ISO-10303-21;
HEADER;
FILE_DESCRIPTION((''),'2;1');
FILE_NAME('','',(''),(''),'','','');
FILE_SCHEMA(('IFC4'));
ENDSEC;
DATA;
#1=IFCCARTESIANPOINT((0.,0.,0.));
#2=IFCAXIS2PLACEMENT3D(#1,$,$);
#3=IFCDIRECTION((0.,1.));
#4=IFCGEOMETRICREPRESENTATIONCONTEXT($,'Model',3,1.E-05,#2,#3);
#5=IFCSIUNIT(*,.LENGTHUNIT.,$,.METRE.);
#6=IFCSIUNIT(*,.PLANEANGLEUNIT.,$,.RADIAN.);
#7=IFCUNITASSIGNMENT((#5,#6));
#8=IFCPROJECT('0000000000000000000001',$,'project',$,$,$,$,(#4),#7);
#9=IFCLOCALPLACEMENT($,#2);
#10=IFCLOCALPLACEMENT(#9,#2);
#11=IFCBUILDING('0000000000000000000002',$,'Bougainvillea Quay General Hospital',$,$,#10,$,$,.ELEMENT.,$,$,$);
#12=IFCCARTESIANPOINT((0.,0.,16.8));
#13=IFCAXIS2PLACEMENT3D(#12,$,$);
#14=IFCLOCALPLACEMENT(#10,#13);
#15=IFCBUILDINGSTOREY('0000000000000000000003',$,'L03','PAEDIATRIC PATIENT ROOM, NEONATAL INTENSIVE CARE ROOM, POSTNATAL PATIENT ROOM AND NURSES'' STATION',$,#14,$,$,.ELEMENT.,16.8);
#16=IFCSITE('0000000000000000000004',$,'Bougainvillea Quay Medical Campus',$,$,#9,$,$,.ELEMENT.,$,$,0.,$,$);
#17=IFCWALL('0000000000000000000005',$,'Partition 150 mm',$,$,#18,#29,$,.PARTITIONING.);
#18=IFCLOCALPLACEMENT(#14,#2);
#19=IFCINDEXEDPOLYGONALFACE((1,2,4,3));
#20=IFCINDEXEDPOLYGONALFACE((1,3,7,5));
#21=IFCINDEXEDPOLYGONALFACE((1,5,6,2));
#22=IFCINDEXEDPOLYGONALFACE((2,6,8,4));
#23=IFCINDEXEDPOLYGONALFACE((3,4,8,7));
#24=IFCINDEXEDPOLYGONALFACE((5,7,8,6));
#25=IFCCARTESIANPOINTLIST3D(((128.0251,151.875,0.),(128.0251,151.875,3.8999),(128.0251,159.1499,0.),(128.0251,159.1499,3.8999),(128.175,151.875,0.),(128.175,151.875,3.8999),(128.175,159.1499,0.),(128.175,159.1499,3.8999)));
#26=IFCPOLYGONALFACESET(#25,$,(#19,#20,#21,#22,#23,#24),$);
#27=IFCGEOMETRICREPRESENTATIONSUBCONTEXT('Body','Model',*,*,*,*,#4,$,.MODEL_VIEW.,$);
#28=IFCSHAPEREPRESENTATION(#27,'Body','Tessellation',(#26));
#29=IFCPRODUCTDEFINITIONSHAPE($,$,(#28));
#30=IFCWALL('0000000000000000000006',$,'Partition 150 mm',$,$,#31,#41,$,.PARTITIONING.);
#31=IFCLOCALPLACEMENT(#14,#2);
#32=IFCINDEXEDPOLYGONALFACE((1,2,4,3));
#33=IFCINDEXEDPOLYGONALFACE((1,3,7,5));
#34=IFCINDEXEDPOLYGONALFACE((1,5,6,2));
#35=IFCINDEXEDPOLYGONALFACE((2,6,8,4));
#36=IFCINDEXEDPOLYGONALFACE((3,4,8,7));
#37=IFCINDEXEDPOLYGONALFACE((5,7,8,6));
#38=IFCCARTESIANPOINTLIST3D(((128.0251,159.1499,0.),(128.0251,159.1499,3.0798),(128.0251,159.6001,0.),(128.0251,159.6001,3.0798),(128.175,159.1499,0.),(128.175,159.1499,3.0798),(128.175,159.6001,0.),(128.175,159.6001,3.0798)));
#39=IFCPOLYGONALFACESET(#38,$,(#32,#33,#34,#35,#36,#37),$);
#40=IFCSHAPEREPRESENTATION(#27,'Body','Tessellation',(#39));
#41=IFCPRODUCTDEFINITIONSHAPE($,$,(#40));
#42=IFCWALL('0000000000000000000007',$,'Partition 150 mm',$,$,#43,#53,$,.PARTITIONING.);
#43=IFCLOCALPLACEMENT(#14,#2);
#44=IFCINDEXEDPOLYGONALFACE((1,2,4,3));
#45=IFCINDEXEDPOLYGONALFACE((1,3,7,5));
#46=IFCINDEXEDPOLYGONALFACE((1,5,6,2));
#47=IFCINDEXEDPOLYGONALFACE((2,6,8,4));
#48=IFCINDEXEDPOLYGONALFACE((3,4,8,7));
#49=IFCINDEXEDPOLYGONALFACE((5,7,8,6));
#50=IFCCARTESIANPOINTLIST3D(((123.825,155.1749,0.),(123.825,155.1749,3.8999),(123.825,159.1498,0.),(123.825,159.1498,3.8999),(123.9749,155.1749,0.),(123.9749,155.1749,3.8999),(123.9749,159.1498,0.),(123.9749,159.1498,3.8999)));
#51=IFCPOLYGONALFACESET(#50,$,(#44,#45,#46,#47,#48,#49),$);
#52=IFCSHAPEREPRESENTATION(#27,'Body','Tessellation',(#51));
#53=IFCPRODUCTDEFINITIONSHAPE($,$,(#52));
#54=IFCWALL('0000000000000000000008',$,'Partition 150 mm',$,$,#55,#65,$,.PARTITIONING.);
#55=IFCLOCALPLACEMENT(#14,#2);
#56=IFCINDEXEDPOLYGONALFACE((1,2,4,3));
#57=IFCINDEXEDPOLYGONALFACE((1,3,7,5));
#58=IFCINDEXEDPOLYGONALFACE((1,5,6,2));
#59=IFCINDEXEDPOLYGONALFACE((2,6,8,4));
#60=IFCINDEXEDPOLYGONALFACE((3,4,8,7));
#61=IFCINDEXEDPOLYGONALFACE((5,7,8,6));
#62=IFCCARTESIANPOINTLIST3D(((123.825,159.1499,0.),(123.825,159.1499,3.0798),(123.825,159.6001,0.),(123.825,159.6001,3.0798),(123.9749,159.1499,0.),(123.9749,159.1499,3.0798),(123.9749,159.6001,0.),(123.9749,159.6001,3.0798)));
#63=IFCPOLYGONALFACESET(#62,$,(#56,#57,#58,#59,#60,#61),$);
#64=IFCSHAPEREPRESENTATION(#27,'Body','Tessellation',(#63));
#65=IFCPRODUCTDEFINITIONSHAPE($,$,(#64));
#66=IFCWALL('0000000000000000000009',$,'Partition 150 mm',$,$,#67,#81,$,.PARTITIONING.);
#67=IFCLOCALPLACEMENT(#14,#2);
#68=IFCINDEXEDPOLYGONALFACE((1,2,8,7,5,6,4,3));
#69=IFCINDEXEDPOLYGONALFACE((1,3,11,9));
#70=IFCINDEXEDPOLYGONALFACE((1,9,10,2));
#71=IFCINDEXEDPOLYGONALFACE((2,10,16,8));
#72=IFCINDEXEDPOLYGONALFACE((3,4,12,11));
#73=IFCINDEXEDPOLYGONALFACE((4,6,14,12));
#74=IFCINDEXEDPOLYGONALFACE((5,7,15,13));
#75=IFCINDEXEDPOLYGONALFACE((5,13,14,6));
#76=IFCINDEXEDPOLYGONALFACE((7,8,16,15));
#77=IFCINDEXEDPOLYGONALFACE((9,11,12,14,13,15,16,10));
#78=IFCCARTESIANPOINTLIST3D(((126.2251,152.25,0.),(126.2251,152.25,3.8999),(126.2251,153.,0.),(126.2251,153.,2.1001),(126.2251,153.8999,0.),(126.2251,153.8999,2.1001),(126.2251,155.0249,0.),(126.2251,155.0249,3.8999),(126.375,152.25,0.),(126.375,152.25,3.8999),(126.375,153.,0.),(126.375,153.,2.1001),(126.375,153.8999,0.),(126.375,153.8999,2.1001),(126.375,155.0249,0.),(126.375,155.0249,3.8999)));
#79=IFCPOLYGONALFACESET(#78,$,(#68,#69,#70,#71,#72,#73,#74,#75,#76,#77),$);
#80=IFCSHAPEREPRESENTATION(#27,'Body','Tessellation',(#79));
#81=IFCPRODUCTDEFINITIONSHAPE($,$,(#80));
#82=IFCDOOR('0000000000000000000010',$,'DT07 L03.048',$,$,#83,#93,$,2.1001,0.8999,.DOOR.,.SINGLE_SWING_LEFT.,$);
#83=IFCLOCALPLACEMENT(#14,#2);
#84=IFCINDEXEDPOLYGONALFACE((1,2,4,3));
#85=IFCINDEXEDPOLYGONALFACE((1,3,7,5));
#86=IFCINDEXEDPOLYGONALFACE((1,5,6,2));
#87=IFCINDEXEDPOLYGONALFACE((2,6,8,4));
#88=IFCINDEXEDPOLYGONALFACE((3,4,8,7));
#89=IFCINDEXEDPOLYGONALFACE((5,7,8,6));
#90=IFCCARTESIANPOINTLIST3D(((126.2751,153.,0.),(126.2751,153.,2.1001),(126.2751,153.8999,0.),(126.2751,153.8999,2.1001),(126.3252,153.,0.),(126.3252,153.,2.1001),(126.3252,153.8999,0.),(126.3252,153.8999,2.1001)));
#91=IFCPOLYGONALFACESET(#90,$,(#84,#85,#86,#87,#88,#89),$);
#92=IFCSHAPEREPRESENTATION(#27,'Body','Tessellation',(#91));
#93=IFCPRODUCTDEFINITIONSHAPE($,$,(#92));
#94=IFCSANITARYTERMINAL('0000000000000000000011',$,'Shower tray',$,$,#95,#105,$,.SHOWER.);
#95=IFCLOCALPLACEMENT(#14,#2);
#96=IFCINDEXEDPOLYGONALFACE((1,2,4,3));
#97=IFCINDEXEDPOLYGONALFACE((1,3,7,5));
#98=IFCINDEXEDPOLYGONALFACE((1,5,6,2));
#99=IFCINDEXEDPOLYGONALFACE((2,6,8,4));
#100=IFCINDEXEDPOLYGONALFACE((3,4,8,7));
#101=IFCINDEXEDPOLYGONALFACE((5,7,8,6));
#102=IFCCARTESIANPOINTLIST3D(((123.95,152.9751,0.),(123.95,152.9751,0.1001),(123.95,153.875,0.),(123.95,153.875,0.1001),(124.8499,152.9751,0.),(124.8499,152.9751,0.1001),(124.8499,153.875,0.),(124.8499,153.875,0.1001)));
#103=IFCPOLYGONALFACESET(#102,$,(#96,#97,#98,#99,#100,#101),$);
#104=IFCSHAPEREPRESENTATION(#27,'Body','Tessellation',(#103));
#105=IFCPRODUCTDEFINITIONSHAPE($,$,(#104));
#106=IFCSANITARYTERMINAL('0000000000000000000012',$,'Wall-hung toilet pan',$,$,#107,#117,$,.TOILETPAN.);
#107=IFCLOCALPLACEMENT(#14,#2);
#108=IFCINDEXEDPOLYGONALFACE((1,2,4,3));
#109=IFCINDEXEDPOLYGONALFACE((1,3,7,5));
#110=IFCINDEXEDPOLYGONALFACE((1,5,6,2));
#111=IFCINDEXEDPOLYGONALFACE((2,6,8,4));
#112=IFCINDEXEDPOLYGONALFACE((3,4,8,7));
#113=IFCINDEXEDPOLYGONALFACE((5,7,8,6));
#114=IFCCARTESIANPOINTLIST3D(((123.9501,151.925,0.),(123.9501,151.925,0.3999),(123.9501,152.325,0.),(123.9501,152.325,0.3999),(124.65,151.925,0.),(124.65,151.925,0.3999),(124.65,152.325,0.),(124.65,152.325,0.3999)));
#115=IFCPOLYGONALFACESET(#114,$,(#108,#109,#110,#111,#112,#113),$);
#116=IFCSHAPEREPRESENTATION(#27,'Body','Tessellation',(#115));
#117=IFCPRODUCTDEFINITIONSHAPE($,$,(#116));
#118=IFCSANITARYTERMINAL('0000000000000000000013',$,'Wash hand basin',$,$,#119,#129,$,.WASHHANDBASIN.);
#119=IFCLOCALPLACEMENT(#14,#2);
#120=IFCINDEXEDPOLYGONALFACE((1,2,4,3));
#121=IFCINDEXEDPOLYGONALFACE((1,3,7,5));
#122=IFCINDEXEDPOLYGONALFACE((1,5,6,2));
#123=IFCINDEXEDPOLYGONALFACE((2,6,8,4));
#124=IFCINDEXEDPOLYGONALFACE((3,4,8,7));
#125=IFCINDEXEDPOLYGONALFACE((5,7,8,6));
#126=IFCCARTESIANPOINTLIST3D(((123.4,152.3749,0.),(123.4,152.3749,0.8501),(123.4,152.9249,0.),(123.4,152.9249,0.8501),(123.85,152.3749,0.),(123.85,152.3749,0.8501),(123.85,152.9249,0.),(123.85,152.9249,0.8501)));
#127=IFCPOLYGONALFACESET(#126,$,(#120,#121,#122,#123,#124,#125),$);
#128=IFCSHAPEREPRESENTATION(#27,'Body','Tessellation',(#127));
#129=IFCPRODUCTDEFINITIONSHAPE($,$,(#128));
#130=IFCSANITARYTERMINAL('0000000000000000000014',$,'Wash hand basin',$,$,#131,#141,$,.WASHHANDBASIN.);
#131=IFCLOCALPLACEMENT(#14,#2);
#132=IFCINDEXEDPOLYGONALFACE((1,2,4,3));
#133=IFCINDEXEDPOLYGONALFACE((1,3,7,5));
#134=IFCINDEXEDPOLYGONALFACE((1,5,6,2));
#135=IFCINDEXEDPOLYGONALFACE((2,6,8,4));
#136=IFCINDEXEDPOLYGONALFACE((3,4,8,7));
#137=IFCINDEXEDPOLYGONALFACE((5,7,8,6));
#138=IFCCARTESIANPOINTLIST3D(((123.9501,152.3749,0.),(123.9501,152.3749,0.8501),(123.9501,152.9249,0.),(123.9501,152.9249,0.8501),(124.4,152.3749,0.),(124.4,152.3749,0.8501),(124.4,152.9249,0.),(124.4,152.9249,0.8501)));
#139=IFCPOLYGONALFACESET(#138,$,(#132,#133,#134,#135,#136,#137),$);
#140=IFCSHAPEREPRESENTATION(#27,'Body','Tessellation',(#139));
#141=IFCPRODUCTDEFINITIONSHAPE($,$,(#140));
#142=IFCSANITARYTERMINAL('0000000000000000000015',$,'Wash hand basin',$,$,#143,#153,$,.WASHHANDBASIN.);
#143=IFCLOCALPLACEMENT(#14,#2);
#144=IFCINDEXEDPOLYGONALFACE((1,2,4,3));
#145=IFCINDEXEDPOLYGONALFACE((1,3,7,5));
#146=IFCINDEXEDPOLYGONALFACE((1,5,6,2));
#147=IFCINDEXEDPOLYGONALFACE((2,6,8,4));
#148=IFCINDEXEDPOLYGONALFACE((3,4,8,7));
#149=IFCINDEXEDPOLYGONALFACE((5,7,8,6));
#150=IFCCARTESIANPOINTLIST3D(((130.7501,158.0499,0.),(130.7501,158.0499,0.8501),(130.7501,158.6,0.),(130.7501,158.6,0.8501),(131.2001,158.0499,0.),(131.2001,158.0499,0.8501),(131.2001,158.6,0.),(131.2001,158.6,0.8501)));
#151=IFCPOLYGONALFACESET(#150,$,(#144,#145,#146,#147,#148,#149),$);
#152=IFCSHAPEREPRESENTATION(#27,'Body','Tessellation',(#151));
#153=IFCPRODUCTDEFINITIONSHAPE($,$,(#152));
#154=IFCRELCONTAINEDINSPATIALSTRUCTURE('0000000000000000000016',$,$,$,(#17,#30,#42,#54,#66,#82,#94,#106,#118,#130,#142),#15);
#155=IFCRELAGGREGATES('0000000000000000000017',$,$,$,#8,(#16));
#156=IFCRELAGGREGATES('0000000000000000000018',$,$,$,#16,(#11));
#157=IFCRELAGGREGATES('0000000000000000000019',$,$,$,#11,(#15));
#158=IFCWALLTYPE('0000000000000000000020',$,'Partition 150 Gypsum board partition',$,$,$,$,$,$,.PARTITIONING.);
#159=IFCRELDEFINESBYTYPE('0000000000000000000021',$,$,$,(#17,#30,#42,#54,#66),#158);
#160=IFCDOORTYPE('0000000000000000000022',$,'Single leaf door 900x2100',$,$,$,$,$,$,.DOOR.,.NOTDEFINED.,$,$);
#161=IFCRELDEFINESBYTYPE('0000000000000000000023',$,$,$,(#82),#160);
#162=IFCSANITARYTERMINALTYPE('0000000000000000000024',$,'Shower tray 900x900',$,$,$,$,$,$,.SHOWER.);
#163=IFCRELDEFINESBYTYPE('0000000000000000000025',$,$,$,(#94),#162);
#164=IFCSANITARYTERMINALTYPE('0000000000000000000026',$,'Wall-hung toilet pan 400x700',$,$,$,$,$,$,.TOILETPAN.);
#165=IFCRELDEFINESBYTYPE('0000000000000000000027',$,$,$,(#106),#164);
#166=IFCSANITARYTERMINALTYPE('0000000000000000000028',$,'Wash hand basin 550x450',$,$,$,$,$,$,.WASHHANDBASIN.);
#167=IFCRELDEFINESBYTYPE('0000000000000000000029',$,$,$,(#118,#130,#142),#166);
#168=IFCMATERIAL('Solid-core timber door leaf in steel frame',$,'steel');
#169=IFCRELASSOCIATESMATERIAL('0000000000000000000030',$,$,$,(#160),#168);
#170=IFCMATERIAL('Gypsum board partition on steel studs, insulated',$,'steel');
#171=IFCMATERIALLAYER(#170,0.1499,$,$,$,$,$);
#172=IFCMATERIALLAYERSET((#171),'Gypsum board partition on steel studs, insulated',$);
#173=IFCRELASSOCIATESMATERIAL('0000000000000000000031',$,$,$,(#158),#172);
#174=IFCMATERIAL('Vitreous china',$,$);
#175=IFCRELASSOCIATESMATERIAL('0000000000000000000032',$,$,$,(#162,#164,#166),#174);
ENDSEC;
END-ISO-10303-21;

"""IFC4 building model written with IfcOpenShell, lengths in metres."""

from ifc_helpers import new_model, si_unit, direction, frame, frame_2d, origin, origin_2d, place, context, subcontext, project, spatial, rectangle, extrude, material, layer, layer_set, type_object, element, fill, save


model = new_model("IFC4")

# Units and contexts
model_context = context("Model", 3, precision=1e-05, world=origin(), true_north=direction((0.0, 1.0)))
body_context = subcontext(model_context, "Body", "Model", "MODEL_VIEW")
ifc_project = project(units=[si_unit("LENGTHUNIT", "METRE"), si_unit("PLANEANGLEUNIT", "RADIAN")], contexts=[model_context])

# Site, building, storey
site_placement = place(None, origin())
site = spatial("IfcSite", under=ifc_project, at=site_placement, Name="Bougainvillea Quay Medical Campus", CompositionType="ELEMENT", RefElevation=0.0)
building_placement = place(site_placement, origin())
building = spatial("IfcBuilding", under=site, at=building_placement, Name="Bougainvillea Quay General Hospital", CompositionType="ELEMENT")
storey_placement = place(building_placement, frame((0.0, 0.0, 16.8)))
storey = spatial("IfcBuildingStorey", under=building, at=storey_placement, Name="L03", Description="PAEDIATRIC PATIENT ROOM, NEONATAL INTENSIVE CARE ROOM, POSTNATAL PATIENT ROOM AND NURSES' STATION", CompositionType="ELEMENT", Elevation=16.8)

# Shared definitions
ifc_material_1 = material(Name="Solid-core timber door leaf in steel frame", Category="steel")
door_type_1 = type_object("IfcDoorType", Name="Single leaf door 900x2100", OperationType="NOTDEFINED", PredefinedType="DOOR", material=ifc_material_1)

# Walls
ifc_material_2 = material(Name="Gypsum board partition on steel studs, insulated", Category="steel")
ifc_layer_1 = layer(ifc_material_2, 0.1499)
ifc_layer_set_1 = layer_set([ifc_layer_1], Name="Gypsum board partition on steel studs, insulated")
wall_type_1 = type_object("IfcWallType", Name="Partition 150 Gypsum board partition", PredefinedType="PARTITIONING", material=ifc_layer_set_1)
wall_1_placement = place(storey_placement, frame((128.1001, 151.875, 0.0), z_axis=(0.0, 0.0, 1.0), x_axis=(0.0, 1.0, 0.0)))
element("IfcWall", 1, at=wall_1_placement, inside=storey, type_object=wall_type_1, Name="Partition 150 mm", PredefinedType="PARTITIONING", context=body_context, shape_type="SweptSolid", body=[
    extrude(rectangle(XDim=7.2749, YDim=0.1499, at=frame_2d((3.6375, 0.0))), origin(), (0.0, 0.0, 1.0), 3.8999),
])
wall_2_placement = place(storey_placement, frame((128.1001, 159.1499, 0.0), z_axis=(0.0, 0.0, 1.0), x_axis=(0.0, 1.0, 0.0)))
element("IfcWall", 2, at=wall_2_placement, inside=storey, type_object=wall_type_1, Name="Partition 150 mm", PredefinedType="PARTITIONING", context=body_context, shape_type="SweptSolid", body=[
    extrude(rectangle(XDim=0.4502, YDim=0.1499, at=frame_2d((0.2251, 0.0))), origin(), (0.0, 0.0, 1.0), 3.0798),
])
wall_3_placement = place(storey_placement, frame((123.8999, 155.175, 0.0), z_axis=(0.0, 0.0, 1.0), x_axis=(0.0, 1.0, 0.0)))
element("IfcWall", 3, at=wall_3_placement, inside=storey, type_object=wall_type_1, Name="Partition 150 mm", PredefinedType="PARTITIONING", context=body_context, shape_type="SweptSolid", body=[
    extrude(rectangle(XDim=3.9749, YDim=0.1499, at=frame_2d((1.9873, 0.0))), origin(), (0.0, 0.0, 1.0), 3.8999),
])
wall_4_placement = place(storey_placement, frame((123.8999, 159.1499, 0.0), z_axis=(0.0, 0.0, 1.0), x_axis=(0.0, 1.0, 0.0)))
element("IfcWall", 4, at=wall_4_placement, inside=storey, type_object=wall_type_1, Name="Partition 150 mm", PredefinedType="PARTITIONING", context=body_context, shape_type="SweptSolid", body=[
    extrude(rectangle(XDim=0.4502, YDim=0.1499, at=frame_2d((0.2251, 0.0))), origin(), (0.0, 0.0, 1.0), 3.0798),
])

# Wall, opening, door
wall_5_placement = place(storey_placement, frame((126.3, 152.25, 0.0), z_axis=(0.0, 0.0, 1.0), x_axis=(0.0, 1.0, 0.0)))
wall_5 = element("IfcWall", 5, at=wall_5_placement, inside=storey, type_object=wall_type_1, Name="Partition 150 mm", PredefinedType="PARTITIONING", context=body_context, shape_type="SweptSolid", body=[
    extrude(rectangle(XDim=2.7749, YDim=0.1499, at=frame_2d((1.3875, 0.0))), origin(), (0.0, 0.0, 1.0), 3.8999),
])
opening_1_placement = place(wall_5_placement, frame((0.75, 0.0, 0.0)))
opening_1 = element("IfcOpeningElement", 6, at=opening_1_placement, cuts=wall_5, PredefinedType="OPENING", context=body_context, shape_type="SweptSolid", body=[
    extrude(rectangle(XDim=0.8999, YDim=2.1001, at=frame_2d((0.45, 1.05))), frame((0.0, 0.085, 0.0), z_axis=(0.0, -1.0, 0.0), x_axis=(1.0, 0.0, 0.0)), (0.0, 0.0, 1.0), 0.1699),
])
door_1_placement = place(opening_1_placement, origin())
door_1 = element("IfcDoor", 7, at=door_1_placement, inside=storey, type_object=door_type_1, Name="DT07 L03.048", OperationType="SINGLE_SWING_LEFT", OverallHeight=2.1001, OverallWidth=0.8999, PredefinedType="DOOR", context=body_context, shape_type="SweptSolid", body=[
    extrude(rectangle(XDim=0.8999, YDim=2.1001, at=frame_2d((0.45, 1.05))), frame((0.0, 0.0249, 0.0), z_axis=(0.0, -1.0, 0.0), x_axis=(1.0, 0.0, 0.0)), (0.0, 0.0, 1.0), 0.05),
])
fill(opening_1, door_1)

# Sanitary terminals
ifc_material_3 = material(Name="Vitreous china")
sanitary_terminal_type_1 = type_object("IfcSanitaryTerminalType", Name="Shower tray 900x900", PredefinedType="SHOWER", material=ifc_material_3)
sanitary_terminal_1_placement = place(storey_placement, frame((124.3999, 153.425, 0.0), z_axis=(0.0, 0.0, 1.0), x_axis=(0.0, 1.0, 0.0)))
element("IfcSanitaryTerminal", 8, at=sanitary_terminal_1_placement, inside=storey, type_object=sanitary_terminal_type_1, Name="Shower tray", PredefinedType="SHOWER", context=body_context, shape_type="SweptSolid", body=[
    extrude(rectangle(XDim=0.8999, YDim=0.8999, at=origin_2d()), origin(), (0.0, 0.0, 1.0), 0.1001),
])
sanitary_terminal_type_2 = type_object("IfcSanitaryTerminalType", Name="Wall-hung toilet pan 400x700", PredefinedType="TOILETPAN", material=ifc_material_3)
sanitary_terminal_2_placement = place(storey_placement, frame((124.3, 152.125, 0.0), z_axis=(0.0, 0.0, 1.0), x_axis=(0.0, 1.0, 0.0)))
element("IfcSanitaryTerminal", 9, at=sanitary_terminal_2_placement, inside=storey, type_object=sanitary_terminal_type_2, Name="Wall-hung toilet pan", PredefinedType="TOILETPAN", context=body_context, shape_type="SweptSolid", body=[
    extrude(rectangle(XDim=0.3999, YDim=0.7, at=origin_2d()), origin(), (0.0, 0.0, 1.0), 0.3999),
])
sanitary_terminal_type_3 = type_object("IfcSanitaryTerminalType", Name="Wash hand basin 550x450", PredefinedType="WASHHANDBASIN", material=ifc_material_3)
for number, where, z_axis, x_axis, name in (
    (10, (123.625, 152.6499, 0.0), (0.0, 0.0, 1.0), (0.0, -1.0, 0.0), "Wash hand basin"),
    (11, (124.175, 152.6499, 0.0), (0.0, 0.0, 1.0), (0.0, 1.0, 0.0), "Wash hand basin"),
    (12, (130.9751, 158.325, 0.0), (0.0, 0.0, 1.0), (0.0, -1.0, 0.0), "Wash hand basin"),
):
    element("IfcSanitaryTerminal", number, at=place(storey_placement, frame(where, z_axis=z_axis, x_axis=x_axis)), inside=storey, type_object=sanitary_terminal_type_3, Name=name, PredefinedType="WASHHANDBASIN", context=body_context, shape_type="SweptSolid", body=[
        extrude(rectangle(XDim=0.55, YDim=0.45, at=origin_2d()), origin(), (0.0, 0.0, 1.0), 0.8501),
    ])

save(model, "model.ifc")
